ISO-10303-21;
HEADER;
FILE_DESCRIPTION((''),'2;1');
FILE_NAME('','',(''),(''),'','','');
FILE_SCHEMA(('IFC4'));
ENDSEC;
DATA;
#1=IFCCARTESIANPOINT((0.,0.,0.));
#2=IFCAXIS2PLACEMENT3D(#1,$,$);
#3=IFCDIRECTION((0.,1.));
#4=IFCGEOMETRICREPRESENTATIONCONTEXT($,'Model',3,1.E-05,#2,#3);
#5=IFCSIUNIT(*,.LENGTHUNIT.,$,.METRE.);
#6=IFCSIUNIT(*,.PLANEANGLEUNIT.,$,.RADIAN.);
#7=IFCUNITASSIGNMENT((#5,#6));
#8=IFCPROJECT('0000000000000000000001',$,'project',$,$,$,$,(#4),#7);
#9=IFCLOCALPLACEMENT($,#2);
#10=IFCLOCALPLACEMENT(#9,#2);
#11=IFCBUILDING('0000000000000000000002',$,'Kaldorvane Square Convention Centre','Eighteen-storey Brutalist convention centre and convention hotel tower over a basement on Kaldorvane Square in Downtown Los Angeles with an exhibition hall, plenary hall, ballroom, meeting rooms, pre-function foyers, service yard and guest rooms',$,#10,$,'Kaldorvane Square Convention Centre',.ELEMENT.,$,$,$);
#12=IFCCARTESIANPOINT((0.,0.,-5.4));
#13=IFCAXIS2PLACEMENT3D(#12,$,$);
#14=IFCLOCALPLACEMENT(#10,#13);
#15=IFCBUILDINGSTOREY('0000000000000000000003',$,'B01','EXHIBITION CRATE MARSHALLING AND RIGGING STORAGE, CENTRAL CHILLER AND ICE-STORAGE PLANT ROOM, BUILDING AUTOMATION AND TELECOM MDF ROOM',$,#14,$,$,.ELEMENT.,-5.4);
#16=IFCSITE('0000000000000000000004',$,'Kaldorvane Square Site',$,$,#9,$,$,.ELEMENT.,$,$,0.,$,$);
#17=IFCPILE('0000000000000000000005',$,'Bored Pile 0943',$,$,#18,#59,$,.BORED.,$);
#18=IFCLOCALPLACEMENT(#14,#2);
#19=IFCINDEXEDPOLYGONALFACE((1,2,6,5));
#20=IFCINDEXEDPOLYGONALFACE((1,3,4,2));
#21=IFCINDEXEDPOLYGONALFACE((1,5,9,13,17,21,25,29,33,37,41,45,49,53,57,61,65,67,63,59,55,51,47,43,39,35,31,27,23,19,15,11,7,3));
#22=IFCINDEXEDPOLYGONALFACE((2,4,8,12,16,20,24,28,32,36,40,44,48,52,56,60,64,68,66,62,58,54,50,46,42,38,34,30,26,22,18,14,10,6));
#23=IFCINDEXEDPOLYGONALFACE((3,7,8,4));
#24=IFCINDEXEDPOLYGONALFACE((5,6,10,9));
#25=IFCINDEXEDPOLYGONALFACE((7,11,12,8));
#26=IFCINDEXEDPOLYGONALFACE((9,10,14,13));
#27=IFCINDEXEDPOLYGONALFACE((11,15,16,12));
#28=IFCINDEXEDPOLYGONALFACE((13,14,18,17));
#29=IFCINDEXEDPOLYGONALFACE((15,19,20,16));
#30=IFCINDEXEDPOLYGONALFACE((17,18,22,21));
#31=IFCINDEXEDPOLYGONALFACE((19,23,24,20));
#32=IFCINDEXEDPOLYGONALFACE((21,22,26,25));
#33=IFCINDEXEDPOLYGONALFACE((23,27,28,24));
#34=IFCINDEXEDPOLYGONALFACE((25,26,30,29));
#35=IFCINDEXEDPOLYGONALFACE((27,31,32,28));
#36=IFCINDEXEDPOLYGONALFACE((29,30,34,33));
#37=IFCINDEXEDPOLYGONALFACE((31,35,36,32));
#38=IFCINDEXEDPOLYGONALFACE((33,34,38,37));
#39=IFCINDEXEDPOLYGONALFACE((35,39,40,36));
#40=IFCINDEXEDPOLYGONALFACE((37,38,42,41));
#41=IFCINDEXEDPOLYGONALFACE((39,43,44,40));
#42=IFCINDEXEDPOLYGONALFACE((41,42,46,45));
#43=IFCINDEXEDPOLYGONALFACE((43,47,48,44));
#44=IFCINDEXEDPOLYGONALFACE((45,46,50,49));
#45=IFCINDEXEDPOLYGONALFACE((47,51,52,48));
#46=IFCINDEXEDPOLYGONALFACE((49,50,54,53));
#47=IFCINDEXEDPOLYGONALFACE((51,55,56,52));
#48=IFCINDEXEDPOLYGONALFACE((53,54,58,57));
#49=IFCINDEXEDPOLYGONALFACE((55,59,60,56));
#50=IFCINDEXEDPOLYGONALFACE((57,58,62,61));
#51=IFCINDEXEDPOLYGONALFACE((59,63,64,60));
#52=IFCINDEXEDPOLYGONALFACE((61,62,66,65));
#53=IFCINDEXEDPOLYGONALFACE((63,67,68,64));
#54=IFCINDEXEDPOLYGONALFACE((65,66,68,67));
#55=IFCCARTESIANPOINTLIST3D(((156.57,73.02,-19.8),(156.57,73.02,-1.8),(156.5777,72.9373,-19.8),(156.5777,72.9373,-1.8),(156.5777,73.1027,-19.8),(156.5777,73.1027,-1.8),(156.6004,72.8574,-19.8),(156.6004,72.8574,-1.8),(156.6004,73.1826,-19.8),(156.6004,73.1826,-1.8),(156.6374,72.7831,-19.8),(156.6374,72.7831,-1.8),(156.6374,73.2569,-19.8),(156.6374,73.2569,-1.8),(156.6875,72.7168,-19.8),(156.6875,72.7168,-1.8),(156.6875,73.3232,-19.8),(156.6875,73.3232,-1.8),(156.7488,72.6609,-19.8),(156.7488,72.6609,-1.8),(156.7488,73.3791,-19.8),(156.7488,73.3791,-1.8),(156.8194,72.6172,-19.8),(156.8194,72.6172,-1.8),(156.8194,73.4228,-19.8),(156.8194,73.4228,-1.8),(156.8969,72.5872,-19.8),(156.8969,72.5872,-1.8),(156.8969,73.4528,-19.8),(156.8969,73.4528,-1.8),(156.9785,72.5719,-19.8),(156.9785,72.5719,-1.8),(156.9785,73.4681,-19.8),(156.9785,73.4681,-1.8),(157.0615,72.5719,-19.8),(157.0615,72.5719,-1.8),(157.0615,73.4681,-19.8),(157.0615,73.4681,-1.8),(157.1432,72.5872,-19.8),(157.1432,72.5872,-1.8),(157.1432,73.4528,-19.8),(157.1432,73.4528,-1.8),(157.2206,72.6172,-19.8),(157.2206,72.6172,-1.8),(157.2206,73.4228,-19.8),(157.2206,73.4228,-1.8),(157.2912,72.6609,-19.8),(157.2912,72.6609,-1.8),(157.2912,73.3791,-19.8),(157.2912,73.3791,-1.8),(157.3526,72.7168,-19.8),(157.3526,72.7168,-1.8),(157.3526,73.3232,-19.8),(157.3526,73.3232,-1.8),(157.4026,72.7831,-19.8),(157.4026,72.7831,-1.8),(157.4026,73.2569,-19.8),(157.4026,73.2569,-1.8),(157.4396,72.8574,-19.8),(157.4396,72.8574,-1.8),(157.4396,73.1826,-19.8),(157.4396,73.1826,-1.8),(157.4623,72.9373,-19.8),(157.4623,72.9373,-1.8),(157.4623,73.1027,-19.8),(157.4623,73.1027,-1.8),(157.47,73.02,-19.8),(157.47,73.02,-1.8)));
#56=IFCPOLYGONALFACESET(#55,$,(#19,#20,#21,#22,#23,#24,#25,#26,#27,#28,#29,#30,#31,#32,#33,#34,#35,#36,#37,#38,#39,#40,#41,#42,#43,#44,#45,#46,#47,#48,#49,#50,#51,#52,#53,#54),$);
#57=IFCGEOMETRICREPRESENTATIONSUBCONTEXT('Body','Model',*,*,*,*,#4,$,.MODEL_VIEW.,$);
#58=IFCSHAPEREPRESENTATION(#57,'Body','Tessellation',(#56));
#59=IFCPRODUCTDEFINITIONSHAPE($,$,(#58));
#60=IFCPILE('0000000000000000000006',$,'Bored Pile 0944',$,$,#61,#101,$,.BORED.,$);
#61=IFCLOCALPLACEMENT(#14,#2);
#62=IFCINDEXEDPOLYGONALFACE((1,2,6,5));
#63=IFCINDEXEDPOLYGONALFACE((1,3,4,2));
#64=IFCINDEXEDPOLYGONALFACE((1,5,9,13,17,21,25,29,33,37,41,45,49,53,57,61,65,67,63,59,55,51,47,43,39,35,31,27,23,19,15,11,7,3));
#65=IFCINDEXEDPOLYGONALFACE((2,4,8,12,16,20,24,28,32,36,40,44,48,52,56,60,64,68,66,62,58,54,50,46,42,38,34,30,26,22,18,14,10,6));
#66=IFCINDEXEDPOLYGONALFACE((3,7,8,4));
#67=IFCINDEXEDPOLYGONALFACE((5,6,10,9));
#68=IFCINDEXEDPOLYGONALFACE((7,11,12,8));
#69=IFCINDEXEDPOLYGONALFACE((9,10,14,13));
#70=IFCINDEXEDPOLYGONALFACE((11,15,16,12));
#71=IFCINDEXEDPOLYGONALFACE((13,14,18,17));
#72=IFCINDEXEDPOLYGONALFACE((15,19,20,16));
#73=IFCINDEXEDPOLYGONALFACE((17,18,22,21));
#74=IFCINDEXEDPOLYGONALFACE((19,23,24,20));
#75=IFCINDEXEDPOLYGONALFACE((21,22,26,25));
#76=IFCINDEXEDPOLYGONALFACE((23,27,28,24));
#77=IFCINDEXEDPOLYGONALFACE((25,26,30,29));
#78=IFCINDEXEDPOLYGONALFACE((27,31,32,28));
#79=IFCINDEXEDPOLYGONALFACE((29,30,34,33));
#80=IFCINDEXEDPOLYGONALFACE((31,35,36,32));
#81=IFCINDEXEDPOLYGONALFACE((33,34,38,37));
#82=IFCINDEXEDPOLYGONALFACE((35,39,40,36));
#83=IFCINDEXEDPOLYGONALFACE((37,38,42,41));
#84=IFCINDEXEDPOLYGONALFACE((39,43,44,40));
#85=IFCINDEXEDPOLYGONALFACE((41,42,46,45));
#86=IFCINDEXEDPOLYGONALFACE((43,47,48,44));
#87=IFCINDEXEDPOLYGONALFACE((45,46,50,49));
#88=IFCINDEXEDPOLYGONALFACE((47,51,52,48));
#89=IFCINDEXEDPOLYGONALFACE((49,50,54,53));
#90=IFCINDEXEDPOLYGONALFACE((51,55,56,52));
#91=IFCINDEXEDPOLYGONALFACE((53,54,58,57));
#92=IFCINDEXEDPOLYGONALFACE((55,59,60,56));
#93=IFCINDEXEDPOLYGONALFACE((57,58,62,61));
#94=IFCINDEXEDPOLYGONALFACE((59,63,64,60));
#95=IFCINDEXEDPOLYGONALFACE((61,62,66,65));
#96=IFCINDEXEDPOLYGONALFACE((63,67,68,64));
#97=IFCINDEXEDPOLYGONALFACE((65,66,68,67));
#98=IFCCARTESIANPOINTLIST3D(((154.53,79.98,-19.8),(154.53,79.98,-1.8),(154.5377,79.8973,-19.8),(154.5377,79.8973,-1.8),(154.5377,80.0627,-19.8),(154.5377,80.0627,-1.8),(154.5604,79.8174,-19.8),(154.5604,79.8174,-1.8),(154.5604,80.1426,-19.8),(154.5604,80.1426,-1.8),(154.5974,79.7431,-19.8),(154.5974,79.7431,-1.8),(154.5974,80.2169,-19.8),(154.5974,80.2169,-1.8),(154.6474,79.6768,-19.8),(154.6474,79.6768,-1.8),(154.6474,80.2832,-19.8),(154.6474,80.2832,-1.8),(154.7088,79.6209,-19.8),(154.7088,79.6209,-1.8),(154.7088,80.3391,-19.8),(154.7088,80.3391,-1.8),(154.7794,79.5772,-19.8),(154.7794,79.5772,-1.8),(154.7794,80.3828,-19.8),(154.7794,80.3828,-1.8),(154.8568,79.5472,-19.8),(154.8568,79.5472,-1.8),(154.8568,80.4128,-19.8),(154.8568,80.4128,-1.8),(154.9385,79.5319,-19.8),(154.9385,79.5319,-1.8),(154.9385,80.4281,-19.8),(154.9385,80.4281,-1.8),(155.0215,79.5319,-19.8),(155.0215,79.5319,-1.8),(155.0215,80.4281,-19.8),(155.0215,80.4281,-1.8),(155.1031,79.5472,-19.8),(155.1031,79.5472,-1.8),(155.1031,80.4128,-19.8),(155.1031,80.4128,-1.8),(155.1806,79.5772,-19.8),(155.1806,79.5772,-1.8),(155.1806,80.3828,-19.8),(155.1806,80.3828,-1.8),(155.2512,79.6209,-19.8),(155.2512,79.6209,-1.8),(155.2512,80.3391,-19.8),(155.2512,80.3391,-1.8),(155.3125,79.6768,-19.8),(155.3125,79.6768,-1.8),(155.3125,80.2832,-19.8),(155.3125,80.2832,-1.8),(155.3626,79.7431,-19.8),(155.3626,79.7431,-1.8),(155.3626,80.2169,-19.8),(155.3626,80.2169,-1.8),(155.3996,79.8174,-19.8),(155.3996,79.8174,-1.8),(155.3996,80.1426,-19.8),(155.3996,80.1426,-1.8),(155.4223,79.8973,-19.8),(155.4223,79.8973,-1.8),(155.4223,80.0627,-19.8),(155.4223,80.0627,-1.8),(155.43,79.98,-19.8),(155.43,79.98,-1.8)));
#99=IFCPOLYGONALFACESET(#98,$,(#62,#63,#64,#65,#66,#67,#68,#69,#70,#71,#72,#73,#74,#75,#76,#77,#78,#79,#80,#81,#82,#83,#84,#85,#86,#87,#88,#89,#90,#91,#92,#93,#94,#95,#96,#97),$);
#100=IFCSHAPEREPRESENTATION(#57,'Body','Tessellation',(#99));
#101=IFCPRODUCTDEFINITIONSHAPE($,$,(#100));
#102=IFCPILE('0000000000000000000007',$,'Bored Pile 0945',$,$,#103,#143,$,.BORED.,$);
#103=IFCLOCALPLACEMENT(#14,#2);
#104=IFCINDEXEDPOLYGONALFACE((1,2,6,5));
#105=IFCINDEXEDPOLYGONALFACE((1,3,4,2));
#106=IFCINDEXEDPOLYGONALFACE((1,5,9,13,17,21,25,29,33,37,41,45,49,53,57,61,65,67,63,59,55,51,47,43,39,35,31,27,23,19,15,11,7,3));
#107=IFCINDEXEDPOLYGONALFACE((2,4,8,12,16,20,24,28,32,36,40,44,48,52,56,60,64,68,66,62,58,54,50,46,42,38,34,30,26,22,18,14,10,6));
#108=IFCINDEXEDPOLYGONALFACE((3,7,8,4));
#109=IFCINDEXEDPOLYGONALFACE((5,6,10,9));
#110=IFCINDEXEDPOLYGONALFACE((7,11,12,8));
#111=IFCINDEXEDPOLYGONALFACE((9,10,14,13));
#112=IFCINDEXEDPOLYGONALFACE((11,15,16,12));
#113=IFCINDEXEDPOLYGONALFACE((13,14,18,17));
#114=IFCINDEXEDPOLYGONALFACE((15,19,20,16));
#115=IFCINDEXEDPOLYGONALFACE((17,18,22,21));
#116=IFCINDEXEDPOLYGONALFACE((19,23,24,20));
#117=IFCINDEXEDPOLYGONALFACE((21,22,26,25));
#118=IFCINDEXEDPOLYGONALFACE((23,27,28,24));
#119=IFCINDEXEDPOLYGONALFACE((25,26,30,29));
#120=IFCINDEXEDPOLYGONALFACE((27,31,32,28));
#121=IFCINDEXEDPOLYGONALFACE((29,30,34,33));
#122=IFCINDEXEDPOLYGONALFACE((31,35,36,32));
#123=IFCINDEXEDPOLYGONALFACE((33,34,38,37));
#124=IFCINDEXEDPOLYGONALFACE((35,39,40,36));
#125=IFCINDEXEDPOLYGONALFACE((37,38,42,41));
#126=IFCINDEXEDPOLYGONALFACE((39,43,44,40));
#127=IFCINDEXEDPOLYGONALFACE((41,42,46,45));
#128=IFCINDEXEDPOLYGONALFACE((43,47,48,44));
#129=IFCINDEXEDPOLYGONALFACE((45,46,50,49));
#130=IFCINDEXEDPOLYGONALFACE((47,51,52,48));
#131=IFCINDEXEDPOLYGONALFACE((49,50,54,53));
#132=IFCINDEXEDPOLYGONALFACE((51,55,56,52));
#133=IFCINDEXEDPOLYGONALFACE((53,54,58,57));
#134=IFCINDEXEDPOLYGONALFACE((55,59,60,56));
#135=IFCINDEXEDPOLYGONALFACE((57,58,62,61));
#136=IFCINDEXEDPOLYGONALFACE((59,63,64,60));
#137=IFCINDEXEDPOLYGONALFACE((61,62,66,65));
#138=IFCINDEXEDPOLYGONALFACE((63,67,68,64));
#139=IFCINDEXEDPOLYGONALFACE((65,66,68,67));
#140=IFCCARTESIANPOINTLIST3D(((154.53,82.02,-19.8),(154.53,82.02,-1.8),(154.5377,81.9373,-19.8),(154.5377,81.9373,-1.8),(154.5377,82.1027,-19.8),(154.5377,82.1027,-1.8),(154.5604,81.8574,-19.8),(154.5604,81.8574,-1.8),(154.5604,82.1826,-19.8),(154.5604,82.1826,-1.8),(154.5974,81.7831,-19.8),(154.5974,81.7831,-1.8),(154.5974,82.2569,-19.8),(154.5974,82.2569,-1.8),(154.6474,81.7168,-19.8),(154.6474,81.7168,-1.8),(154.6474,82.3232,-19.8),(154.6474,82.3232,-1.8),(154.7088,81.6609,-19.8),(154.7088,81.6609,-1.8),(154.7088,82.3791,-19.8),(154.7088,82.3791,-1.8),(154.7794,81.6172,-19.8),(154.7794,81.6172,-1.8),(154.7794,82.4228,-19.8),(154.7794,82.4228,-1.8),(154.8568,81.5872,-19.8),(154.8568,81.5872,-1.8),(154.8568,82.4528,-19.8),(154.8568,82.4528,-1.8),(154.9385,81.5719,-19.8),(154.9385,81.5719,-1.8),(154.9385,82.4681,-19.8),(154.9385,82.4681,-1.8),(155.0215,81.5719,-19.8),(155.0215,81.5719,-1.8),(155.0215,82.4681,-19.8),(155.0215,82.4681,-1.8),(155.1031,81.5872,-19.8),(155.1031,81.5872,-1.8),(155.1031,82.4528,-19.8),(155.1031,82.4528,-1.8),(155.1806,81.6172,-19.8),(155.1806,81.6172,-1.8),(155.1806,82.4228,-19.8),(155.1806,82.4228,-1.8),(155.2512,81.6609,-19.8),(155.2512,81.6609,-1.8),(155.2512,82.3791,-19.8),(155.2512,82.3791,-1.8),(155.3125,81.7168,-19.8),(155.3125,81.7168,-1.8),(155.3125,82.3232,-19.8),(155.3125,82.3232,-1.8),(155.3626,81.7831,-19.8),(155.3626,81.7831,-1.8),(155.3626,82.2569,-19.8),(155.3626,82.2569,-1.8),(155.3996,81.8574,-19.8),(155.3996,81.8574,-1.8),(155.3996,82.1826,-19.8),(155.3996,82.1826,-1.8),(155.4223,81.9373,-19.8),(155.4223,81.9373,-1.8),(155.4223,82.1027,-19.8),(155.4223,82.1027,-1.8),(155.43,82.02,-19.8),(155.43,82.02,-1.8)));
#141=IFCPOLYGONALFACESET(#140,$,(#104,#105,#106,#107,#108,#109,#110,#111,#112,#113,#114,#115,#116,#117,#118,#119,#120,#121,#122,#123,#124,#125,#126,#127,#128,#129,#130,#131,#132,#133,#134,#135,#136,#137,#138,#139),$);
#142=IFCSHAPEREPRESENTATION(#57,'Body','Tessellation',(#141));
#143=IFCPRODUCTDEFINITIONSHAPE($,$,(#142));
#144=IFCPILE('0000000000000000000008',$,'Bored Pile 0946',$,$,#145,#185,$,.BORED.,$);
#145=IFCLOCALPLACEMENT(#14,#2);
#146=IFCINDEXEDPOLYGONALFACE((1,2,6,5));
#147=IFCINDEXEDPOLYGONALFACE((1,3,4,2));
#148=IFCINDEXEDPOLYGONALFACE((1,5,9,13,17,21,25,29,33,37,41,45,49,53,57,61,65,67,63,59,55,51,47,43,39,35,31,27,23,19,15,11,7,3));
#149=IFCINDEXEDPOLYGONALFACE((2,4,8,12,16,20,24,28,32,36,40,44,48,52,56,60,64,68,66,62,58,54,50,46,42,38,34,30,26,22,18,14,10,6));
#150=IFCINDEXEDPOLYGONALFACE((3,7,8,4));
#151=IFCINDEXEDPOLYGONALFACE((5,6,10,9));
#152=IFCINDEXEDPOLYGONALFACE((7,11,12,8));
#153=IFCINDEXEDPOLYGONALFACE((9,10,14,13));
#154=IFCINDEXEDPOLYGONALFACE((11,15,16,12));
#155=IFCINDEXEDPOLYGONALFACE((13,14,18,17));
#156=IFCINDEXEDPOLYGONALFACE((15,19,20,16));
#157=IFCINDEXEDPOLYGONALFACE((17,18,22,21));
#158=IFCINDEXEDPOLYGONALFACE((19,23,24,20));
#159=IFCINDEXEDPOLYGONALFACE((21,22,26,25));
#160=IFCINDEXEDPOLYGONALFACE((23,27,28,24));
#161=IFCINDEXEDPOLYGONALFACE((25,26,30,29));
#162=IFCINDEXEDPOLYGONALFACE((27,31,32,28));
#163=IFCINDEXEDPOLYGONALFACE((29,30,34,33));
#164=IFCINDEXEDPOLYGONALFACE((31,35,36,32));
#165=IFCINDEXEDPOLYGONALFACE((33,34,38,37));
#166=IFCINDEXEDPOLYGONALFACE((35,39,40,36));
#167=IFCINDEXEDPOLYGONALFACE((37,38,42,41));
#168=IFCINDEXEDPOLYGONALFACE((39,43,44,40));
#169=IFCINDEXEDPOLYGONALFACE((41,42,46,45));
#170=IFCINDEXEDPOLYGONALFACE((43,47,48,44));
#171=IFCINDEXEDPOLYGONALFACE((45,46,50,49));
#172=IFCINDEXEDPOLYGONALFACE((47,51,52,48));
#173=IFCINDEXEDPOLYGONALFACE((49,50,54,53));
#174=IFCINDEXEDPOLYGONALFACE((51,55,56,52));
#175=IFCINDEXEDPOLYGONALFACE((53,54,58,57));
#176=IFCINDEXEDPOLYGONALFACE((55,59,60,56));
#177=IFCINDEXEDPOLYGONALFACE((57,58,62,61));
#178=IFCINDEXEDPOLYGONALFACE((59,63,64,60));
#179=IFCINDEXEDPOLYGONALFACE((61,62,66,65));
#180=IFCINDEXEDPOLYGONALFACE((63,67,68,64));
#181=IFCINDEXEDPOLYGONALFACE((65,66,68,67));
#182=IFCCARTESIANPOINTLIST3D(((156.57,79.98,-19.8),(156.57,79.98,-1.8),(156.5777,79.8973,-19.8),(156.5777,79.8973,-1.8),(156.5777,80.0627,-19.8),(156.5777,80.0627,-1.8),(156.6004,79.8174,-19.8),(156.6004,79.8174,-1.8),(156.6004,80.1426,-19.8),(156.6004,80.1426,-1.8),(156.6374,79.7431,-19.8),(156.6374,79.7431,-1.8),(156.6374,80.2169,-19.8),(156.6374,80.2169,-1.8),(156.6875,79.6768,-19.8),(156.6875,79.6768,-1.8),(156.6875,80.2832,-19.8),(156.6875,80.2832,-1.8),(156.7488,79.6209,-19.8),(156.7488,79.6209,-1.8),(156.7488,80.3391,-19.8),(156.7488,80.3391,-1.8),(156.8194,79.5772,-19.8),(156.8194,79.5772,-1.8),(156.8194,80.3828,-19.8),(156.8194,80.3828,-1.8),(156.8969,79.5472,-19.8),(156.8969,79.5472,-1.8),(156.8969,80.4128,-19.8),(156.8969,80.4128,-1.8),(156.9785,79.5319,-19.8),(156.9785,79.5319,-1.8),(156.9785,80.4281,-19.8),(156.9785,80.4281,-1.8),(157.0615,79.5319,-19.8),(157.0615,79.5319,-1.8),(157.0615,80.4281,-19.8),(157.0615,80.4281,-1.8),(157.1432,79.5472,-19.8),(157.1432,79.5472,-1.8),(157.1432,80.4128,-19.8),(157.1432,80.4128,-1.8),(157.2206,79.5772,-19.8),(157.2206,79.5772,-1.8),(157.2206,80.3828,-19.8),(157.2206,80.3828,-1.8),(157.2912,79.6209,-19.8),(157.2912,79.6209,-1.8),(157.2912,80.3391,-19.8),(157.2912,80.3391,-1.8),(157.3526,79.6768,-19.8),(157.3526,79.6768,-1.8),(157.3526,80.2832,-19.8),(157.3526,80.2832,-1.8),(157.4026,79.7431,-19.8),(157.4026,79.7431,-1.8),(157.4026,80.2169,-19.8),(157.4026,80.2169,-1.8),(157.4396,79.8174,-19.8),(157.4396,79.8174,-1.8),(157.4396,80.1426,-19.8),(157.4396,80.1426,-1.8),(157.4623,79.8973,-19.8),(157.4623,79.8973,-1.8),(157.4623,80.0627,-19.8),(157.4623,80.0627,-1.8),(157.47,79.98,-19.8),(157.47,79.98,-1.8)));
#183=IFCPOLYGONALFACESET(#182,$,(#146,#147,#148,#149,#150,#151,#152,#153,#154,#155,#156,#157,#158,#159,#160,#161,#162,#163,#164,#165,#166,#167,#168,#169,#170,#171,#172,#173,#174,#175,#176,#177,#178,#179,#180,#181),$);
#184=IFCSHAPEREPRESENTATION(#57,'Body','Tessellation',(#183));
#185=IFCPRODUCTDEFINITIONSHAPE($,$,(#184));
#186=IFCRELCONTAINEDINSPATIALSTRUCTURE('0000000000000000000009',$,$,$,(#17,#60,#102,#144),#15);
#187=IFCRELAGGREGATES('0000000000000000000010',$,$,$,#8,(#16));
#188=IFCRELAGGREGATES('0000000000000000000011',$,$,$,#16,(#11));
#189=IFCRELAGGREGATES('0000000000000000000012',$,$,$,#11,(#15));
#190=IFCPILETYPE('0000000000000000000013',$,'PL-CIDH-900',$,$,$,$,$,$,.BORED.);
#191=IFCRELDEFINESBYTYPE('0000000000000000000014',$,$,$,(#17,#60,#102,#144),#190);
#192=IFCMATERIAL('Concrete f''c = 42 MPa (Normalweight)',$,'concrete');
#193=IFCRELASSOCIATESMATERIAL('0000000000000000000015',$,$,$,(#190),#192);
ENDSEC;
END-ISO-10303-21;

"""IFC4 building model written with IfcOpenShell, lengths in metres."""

from ifc_helpers import new_model, si_unit, direction, frame, origin, origin_2d, place, context, subcontext, project, spatial, circle, extrude, material, material_profile, profile_set, type_object, element, save


model = new_model("IFC4")

# Units and contexts
model_context = context("Model", 3, precision=1e-05, world=origin(), true_north=direction((0.0, 1.0)))
body_context = subcontext(model_context, "Body", "Model", "MODEL_VIEW")
ifc_project = project(units=[si_unit("LENGTHUNIT", "METRE"), si_unit("PLANEANGLEUNIT", "RADIAN")], contexts=[model_context])

# Site, building, storey
site_placement = place(None, origin())
site = spatial("IfcSite", under=ifc_project, at=site_placement, Name="Kaldorvane Square Site", CompositionType="ELEMENT", RefElevation=0.0)
building_placement = place(site_placement, origin())
building = spatial("IfcBuilding", under=site, at=building_placement, Name="Kaldorvane Square Convention Centre", Description="Eighteen-storey Brutalist convention centre and convention hotel tower over a basement on Kaldorvane Square in Downtown Los Angeles with an exhibition hall, plenary hall, ballroom, meeting rooms, pre-function foyers, service yard and guest rooms", LongName="Kaldorvane Square Convention Centre", CompositionType="ELEMENT")
storey_placement = place(building_placement, frame((0.0, 0.0, -5.4)))
storey = spatial("IfcBuildingStorey", under=building, at=storey_placement, Name="B01", Description="EXHIBITION CRATE MARSHALLING AND RIGGING STORAGE, CENTRAL CHILLER AND ICE-STORAGE PLANT ROOM, BUILDING AUTOMATION AND TELECOM MDF ROOM", CompositionType="ELEMENT", Elevation=-5.4)

# Shared definitions
ifc_material_1 = material(Name="Concrete f'c = 42 MPa (Normalweight)", Category="concrete")

# Piles
ifc_material_profile_1 = material_profile(ifc_material_1, circle(Radius=0.45, at=origin_2d()), Name="PILE-D900")
ifc_profile_set_1 = profile_set([ifc_material_profile_1], Name="Concrete f'c = 42 MPa (Normalweight)")
pile_type = type_object("IfcPileType", Name="PL-CIDH-900", PredefinedType="BORED", material=ifc_profile_set_1)
for number, where, z_axis, x_axis, name in (
    (1, (157.02, 73.02, -1.8), (0.0, 0.0, -1.0), (1.0, 0.0, 0.0), "Bored Pile 0943"),
    (2, (154.98, 79.98, -1.8), (0.0, 0.0, -1.0), (1.0, 0.0, 0.0), "Bored Pile 0944"),
    (3, (154.98, 82.02, -1.8), (0.0, 0.0, -1.0), (1.0, 0.0, 0.0), "Bored Pile 0945"),
    (4, (157.02, 79.98, -1.8), (0.0, 0.0, -1.0), (1.0, 0.0, 0.0), "Bored Pile 0946"),
):
    element("IfcPile", number, at=place(storey_placement, frame(where, z_axis=z_axis, x_axis=x_axis)), inside=storey, type_object=pile_type, Name=name, PredefinedType="BORED", context=body_context, shape_type="SweptSolid", body=[
        extrude(circle(Radius=0.45, at=origin_2d()), origin(), (0.0, 0.0, 1.0), 18.0),
    ])

save(model, "model.ifc")
